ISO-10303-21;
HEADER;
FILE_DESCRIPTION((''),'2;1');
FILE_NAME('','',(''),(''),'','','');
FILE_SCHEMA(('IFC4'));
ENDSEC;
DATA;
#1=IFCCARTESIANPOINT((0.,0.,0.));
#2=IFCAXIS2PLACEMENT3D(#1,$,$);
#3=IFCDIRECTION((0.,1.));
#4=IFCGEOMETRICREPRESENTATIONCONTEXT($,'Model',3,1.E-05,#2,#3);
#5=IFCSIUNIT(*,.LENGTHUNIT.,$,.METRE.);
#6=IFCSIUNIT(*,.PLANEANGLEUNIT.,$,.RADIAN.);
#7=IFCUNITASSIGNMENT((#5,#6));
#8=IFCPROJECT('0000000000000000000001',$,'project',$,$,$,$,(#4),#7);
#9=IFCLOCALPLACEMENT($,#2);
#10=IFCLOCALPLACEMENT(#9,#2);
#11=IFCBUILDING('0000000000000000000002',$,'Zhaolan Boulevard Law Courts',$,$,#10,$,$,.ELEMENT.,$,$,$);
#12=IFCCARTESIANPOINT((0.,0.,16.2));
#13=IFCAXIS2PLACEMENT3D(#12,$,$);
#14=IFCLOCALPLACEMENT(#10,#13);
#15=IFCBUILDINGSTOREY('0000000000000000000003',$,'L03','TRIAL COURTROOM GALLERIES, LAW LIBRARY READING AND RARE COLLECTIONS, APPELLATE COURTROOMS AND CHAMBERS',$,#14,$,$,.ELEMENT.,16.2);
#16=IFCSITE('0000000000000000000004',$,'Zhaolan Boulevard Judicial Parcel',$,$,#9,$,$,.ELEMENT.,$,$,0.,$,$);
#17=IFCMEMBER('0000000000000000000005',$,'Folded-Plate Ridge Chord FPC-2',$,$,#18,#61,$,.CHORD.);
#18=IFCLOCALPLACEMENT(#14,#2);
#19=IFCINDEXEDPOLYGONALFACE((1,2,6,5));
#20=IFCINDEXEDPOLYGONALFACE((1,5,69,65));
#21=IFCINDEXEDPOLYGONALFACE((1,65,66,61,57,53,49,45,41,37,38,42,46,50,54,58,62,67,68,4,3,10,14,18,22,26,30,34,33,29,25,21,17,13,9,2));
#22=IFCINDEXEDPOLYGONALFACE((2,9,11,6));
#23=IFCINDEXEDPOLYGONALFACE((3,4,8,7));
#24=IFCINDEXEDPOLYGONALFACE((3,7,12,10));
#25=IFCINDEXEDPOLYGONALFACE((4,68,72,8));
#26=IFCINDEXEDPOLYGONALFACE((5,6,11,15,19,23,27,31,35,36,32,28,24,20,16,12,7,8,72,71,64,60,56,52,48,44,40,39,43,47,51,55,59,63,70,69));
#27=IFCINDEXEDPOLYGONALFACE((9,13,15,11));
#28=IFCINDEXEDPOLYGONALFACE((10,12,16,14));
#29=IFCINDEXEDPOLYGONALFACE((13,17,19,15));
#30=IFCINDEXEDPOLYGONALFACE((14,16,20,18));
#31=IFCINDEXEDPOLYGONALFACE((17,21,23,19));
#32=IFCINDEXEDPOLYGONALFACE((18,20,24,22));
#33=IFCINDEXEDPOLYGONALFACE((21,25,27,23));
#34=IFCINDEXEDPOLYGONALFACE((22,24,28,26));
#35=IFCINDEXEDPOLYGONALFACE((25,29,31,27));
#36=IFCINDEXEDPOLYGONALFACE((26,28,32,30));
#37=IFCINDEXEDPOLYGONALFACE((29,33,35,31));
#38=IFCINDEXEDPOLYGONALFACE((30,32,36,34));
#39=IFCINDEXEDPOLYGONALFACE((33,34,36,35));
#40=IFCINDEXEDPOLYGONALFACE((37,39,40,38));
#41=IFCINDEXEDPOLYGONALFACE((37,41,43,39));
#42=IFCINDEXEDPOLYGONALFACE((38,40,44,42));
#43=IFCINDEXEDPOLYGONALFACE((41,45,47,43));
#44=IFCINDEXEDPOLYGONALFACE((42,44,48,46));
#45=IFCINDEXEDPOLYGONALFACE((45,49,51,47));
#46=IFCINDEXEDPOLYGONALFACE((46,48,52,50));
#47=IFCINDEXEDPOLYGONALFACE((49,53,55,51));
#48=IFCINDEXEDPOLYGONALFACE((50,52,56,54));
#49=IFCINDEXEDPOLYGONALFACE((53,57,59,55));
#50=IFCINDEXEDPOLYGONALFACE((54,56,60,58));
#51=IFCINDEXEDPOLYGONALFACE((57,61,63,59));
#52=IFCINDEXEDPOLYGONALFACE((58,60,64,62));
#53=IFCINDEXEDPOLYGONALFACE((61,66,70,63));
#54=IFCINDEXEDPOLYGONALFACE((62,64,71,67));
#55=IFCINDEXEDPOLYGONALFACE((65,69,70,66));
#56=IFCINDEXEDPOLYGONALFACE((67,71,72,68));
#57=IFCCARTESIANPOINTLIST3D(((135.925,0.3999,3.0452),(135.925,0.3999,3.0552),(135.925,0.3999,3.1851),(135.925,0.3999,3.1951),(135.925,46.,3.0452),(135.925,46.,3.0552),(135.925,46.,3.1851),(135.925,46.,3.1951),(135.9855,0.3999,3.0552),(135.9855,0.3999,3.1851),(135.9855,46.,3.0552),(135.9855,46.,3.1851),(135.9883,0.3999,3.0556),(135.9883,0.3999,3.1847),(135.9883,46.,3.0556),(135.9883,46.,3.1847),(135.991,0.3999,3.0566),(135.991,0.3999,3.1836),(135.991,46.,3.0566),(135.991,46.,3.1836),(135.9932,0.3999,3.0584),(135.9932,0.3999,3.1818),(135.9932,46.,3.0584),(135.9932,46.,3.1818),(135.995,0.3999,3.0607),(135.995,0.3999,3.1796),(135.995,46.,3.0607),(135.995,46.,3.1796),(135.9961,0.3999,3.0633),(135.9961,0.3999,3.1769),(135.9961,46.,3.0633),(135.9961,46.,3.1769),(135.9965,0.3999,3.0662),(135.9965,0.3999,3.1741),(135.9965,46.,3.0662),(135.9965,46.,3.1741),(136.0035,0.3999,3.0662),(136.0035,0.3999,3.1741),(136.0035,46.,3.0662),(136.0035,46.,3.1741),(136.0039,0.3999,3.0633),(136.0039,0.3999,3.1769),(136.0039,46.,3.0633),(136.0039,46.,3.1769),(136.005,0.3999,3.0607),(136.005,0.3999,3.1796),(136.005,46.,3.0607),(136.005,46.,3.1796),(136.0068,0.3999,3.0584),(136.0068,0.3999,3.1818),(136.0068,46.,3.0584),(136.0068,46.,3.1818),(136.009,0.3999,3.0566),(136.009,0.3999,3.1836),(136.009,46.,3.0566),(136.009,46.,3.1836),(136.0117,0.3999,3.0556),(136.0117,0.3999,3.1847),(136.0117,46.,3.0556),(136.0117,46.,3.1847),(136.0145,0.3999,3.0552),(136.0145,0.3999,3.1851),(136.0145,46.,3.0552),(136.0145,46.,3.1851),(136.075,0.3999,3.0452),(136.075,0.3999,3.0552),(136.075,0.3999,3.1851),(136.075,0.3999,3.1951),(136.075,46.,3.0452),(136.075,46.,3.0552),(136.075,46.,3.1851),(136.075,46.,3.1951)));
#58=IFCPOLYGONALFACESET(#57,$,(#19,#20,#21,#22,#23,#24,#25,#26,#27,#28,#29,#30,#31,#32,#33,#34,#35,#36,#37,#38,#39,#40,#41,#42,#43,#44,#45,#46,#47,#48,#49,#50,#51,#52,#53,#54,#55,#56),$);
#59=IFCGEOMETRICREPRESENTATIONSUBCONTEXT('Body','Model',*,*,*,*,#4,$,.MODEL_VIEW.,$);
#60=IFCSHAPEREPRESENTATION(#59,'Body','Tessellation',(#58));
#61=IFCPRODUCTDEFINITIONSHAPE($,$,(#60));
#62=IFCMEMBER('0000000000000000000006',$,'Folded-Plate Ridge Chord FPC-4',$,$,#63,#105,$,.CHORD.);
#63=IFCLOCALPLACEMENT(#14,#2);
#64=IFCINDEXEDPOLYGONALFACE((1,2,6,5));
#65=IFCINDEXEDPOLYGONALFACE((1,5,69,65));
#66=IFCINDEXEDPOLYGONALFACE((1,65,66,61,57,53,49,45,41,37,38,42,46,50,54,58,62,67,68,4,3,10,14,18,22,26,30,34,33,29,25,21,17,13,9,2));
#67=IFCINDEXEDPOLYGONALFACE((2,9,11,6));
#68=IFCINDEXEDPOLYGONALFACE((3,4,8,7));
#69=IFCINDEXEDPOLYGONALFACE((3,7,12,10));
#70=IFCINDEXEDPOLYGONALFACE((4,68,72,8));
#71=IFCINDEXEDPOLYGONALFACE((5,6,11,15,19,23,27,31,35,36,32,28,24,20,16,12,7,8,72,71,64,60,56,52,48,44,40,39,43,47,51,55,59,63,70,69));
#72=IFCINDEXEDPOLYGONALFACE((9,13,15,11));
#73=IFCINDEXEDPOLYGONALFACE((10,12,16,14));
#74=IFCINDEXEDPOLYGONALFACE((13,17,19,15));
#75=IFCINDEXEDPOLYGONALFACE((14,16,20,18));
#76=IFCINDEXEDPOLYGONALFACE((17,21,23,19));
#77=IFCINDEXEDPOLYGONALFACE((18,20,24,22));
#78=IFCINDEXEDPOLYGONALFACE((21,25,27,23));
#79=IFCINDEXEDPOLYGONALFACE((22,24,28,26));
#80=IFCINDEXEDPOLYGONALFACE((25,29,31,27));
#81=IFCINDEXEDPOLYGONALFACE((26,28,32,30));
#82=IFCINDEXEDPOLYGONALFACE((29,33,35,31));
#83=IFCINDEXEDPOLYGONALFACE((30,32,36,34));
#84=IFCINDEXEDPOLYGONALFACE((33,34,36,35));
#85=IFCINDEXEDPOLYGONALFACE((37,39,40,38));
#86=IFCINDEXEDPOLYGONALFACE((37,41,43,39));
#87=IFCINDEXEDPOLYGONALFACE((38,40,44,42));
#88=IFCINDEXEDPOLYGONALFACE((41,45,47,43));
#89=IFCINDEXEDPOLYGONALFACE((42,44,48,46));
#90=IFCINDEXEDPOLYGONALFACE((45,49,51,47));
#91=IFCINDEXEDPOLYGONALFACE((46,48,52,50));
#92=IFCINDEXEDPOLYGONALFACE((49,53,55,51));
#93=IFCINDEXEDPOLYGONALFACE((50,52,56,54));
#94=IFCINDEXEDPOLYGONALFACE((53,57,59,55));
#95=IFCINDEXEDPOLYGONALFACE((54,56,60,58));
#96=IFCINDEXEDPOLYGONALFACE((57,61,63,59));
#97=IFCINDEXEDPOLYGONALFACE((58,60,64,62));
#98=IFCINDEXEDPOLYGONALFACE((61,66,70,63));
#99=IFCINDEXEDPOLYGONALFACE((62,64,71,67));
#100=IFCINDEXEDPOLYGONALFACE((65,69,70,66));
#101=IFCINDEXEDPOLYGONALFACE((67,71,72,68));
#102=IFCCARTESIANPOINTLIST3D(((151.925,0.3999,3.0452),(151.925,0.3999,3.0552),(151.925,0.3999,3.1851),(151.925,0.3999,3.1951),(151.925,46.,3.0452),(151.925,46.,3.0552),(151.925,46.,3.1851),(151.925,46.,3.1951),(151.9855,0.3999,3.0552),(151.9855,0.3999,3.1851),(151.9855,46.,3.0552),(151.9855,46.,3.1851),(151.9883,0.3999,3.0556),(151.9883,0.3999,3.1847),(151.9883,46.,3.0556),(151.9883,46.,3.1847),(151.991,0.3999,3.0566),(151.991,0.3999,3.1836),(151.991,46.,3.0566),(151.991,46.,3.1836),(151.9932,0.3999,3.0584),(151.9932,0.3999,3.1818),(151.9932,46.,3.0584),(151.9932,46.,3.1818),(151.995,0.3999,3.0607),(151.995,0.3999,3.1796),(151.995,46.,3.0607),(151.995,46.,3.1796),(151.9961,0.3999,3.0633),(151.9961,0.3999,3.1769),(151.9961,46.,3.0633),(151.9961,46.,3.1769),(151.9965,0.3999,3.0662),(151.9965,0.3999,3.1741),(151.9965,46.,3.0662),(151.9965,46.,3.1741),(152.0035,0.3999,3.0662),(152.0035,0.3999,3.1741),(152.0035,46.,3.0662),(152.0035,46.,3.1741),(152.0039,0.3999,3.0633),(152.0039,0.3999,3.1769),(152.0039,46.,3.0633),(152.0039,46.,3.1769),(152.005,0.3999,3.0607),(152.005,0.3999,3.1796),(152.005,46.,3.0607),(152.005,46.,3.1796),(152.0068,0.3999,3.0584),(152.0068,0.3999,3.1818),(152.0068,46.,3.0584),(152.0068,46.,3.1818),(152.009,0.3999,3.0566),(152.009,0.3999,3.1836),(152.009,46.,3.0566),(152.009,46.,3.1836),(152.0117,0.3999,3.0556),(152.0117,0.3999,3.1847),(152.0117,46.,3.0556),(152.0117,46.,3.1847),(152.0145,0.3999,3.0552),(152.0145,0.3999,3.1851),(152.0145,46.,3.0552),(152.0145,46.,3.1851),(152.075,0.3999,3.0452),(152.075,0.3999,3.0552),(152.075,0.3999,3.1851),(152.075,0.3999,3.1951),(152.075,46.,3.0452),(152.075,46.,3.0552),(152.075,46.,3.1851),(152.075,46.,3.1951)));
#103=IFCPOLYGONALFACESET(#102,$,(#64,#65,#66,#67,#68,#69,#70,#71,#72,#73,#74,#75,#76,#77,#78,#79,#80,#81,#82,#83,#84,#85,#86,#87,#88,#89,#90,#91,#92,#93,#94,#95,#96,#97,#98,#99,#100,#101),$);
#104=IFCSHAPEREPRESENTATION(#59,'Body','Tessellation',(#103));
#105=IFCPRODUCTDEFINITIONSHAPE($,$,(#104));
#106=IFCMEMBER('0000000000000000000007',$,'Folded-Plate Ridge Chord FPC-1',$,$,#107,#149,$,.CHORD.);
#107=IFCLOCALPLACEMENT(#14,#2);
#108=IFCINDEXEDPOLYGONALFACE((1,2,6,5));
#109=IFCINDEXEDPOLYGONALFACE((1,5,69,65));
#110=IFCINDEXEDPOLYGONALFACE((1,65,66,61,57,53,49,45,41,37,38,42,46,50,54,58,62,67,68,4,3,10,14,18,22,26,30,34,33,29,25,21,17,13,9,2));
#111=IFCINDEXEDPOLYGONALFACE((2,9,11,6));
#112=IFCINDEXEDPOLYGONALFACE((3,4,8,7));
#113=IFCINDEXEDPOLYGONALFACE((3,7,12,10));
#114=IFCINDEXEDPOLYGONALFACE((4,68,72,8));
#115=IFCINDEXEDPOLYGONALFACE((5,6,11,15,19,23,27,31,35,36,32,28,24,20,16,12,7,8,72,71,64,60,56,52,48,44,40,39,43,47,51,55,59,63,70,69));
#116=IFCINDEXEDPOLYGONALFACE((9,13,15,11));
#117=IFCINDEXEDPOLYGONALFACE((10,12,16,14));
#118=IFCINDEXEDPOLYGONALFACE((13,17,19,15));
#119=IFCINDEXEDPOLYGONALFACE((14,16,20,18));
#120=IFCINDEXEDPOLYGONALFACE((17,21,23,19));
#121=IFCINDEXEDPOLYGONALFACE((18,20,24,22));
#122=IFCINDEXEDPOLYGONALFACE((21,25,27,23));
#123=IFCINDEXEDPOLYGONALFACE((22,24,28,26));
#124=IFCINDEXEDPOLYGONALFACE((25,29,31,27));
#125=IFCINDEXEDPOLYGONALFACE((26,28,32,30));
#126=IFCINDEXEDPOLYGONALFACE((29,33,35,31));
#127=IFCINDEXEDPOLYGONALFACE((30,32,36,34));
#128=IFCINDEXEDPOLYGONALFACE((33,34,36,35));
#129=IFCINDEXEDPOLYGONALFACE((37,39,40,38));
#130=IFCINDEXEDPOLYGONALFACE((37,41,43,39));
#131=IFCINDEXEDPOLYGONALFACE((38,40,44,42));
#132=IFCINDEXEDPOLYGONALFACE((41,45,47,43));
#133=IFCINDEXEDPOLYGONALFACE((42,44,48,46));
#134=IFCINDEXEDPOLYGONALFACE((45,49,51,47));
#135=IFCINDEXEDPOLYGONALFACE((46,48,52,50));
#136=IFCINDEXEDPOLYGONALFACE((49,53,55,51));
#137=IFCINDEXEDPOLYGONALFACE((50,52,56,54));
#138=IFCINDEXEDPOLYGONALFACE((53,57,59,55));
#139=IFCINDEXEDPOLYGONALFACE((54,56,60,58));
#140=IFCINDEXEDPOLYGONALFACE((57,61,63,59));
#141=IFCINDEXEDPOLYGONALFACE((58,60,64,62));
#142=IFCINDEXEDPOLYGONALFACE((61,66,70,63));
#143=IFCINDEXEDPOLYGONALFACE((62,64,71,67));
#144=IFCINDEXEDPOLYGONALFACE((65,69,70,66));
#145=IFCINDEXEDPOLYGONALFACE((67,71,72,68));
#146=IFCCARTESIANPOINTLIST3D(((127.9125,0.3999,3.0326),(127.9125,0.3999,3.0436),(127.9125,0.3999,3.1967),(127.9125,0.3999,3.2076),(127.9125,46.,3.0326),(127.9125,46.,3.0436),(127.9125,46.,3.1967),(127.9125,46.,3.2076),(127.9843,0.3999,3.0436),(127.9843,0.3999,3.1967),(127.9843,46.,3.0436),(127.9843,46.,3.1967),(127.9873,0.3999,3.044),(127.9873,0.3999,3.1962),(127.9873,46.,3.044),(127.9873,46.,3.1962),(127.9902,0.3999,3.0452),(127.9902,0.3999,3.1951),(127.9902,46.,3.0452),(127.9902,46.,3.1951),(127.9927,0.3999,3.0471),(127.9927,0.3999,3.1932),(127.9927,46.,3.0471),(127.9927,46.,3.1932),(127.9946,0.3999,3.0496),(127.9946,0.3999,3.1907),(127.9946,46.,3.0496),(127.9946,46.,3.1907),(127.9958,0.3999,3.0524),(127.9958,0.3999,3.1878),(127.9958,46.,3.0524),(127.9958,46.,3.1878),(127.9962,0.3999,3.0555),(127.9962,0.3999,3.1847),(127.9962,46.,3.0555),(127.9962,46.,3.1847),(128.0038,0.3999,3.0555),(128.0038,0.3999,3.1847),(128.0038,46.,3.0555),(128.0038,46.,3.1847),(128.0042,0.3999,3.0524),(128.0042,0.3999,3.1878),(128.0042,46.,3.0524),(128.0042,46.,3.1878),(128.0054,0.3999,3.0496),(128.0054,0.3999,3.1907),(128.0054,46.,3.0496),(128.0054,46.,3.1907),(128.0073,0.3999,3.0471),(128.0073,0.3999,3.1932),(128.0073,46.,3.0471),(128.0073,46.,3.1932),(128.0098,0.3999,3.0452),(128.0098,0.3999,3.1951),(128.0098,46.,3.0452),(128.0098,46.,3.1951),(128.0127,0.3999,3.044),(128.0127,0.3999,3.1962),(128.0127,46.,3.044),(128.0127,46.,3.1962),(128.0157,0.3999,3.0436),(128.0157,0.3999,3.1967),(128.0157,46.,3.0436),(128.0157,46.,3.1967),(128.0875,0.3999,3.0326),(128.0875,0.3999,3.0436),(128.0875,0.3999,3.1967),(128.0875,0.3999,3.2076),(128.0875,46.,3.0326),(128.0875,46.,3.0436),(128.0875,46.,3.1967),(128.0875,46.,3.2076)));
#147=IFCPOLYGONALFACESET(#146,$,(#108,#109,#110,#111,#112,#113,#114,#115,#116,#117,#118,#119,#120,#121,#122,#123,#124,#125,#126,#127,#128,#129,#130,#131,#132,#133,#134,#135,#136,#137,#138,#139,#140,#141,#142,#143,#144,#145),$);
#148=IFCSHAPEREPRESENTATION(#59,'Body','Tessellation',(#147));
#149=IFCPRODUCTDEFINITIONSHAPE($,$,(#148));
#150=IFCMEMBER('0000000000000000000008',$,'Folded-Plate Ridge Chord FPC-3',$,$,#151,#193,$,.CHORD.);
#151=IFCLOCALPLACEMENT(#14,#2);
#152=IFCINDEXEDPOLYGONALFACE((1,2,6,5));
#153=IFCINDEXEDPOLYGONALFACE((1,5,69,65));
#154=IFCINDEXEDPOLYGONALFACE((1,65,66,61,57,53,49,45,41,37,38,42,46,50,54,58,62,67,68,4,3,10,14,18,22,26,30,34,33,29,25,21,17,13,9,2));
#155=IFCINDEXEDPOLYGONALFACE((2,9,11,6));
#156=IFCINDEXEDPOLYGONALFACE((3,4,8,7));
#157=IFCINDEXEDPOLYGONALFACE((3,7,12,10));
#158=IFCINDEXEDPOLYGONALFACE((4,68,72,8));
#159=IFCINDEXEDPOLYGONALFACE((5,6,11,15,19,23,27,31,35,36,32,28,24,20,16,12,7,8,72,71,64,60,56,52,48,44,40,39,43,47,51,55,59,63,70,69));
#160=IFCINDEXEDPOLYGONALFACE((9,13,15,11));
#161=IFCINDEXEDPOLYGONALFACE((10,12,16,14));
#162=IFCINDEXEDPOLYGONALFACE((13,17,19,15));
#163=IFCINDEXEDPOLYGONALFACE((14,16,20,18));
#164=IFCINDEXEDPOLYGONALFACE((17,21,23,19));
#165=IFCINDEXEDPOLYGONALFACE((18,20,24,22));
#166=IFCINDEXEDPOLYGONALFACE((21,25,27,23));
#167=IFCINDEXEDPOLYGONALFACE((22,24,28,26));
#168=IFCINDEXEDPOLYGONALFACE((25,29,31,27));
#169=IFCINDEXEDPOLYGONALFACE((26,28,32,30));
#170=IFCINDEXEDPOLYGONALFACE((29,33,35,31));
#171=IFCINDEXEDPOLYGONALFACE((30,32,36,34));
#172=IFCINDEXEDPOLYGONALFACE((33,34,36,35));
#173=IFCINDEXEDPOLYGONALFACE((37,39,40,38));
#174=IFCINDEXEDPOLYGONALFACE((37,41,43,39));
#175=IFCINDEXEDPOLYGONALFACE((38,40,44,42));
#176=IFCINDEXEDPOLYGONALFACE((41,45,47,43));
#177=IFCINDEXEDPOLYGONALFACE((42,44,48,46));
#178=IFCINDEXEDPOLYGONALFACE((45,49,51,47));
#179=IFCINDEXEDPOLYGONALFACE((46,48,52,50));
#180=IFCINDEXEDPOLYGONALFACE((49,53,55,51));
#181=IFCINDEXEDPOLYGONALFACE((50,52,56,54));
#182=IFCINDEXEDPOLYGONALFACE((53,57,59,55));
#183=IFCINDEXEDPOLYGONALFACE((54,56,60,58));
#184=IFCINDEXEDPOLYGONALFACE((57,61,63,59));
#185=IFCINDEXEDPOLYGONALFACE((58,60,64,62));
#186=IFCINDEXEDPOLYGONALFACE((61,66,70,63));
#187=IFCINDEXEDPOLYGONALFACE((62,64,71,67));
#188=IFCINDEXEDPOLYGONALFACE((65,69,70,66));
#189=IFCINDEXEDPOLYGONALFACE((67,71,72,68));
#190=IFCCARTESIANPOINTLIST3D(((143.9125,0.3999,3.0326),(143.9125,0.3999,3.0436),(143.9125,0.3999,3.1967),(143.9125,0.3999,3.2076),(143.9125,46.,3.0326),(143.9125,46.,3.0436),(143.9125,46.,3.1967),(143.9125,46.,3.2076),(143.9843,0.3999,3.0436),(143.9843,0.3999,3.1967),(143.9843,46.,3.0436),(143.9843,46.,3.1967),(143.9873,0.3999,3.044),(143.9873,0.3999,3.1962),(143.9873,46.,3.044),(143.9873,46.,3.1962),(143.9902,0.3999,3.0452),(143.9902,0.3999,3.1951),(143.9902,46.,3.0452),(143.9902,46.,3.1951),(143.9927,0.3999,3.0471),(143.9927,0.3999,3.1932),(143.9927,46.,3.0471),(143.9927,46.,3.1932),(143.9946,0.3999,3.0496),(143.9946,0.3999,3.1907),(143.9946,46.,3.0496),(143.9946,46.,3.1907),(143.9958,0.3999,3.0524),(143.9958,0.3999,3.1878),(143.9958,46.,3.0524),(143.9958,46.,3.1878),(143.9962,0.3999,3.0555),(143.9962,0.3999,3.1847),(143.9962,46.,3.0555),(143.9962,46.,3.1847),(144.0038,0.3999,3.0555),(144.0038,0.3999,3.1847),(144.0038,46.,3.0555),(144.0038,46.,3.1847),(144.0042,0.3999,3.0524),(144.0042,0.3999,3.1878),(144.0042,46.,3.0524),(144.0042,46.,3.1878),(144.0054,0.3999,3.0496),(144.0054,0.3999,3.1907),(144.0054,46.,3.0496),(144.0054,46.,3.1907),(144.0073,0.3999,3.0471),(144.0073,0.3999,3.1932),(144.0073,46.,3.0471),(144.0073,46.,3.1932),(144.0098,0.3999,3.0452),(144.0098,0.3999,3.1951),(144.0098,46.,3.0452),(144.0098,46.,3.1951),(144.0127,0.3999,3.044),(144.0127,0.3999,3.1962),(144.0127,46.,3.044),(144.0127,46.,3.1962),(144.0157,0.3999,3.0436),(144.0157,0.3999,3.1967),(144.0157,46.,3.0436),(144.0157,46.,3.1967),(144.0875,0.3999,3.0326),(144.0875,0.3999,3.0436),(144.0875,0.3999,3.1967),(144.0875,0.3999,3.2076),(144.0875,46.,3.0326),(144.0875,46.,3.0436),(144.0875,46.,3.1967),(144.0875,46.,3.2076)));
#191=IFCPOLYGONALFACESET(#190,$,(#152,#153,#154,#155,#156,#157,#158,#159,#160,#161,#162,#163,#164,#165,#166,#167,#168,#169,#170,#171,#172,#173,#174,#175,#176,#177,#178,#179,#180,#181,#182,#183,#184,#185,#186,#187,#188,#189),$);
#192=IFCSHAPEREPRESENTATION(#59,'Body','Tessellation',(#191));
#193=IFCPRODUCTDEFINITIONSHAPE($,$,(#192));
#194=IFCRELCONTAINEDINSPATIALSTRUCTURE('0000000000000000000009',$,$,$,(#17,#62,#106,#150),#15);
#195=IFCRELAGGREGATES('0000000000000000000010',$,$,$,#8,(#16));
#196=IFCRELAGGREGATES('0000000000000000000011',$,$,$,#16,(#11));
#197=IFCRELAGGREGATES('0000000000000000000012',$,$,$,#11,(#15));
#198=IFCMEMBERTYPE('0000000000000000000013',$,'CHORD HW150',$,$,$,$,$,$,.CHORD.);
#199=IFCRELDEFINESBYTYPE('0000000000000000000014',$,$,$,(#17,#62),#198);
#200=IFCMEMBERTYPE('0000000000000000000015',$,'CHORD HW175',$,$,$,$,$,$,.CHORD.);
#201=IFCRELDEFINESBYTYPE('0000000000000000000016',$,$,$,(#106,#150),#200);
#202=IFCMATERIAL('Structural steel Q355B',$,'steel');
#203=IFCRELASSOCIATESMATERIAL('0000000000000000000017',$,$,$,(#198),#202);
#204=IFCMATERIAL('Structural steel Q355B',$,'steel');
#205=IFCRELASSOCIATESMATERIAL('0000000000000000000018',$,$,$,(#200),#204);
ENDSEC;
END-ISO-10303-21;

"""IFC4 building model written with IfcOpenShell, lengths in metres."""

from ifc_helpers import new_model, si_unit, direction, frame, origin, origin_2d, place, context, subcontext, project, spatial, i_section, extrude, material, material_profile, profile_set, type_object, element, save


model = new_model("IFC4")

# Units and contexts
model_context = context("Model", 3, precision=1e-05, world=origin(), true_north=direction((0.0, 1.0)))
body_context = subcontext(model_context, "Body", "Model", "MODEL_VIEW")
ifc_project = project(units=[si_unit("LENGTHUNIT", "METRE"), si_unit("PLANEANGLEUNIT", "RADIAN")], contexts=[model_context])

# Site, building, storey
site_placement = place(None, origin())
site = spatial("IfcSite", under=ifc_project, at=site_placement, Name="Zhaolan Boulevard Judicial Parcel", CompositionType="ELEMENT", RefElevation=0.0)
building_placement = place(site_placement, origin())
building = spatial("IfcBuilding", under=site, at=building_placement, Name="Zhaolan Boulevard Law Courts", CompositionType="ELEMENT")
storey_placement = place(building_placement, frame((0.0, 0.0, 16.2)))
storey = spatial("IfcBuildingStorey", under=building, at=storey_placement, Name="L03", Description="TRIAL COURTROOM GALLERIES, LAW LIBRARY READING AND RARE COLLECTIONS, APPELLATE COURTROOMS AND CHAMBERS", CompositionType="ELEMENT", Elevation=16.2)

# Members
ifc_material_1 = material(Name="Structural steel Q355B", Category="steel")
ifc_material_profile_1 = material_profile(ifc_material_1, i_section(OverallWidth=0.1499, OverallDepth=0.1499, WebThickness=0.0071, FlangeThickness=0.01, FilletRadius=0.011, at=origin_2d()), Name="HW150x150")
ifc_profile_set_1 = profile_set([ifc_material_profile_1], Name="Structural steel Q355B")
member_type_1 = type_object("IfcMemberType", Name="CHORD HW150", PredefinedType="CHORD", material=ifc_profile_set_1)
for number, where, z_axis, x_axis, name in (
    (1, (136.0, 0.3999, 3.1201), (0.0, 1.0, 0.0), (-1.0, 0.0, 0.0), "Folded-Plate Ridge Chord FPC-2"),
    (2, (152.0, 0.3999, 3.1201), (0.0, 1.0, 0.0), (-1.0, 0.0, 0.0), "Folded-Plate Ridge Chord FPC-4"),
):
    element("IfcMember", number, at=place(storey_placement, frame(where, z_axis=z_axis, x_axis=x_axis)), inside=storey, type_object=member_type_1, Name=name, PredefinedType="CHORD", context=body_context, shape_type="SweptSolid", body=[
        extrude(i_section(OverallWidth=0.1499, OverallDepth=0.1499, WebThickness=0.0071, FlangeThickness=0.01, FilletRadius=0.011, at=origin_2d()), origin(), (0.0, 0.0, 1.0), 45.6001),
    ])
ifc_material_2 = material(Name="Structural steel Q355B", Category="steel")
ifc_material_profile_2 = material_profile(ifc_material_2, i_section(OverallWidth=0.175, OverallDepth=0.175, WebThickness=0.0076, FlangeThickness=0.011, FilletRadius=0.012, at=origin_2d()), Name="HW175x175")
ifc_profile_set_2 = profile_set([ifc_material_profile_2], Name="Structural steel Q355B")
member_type_2 = type_object("IfcMemberType", Name="CHORD HW175", PredefinedType="CHORD", material=ifc_profile_set_2)
for number, where, z_axis, x_axis, name in (
    (3, (128.0, 0.3999, 3.1201), (0.0, 1.0, 0.0), (-1.0, 0.0, 0.0), "Folded-Plate Ridge Chord FPC-1"),
    (4, (144.0, 0.3999, 3.1201), (0.0, 1.0, 0.0), (-1.0, 0.0, 0.0), "Folded-Plate Ridge Chord FPC-3"),
):
    element("IfcMember", number, at=place(storey_placement, frame(where, z_axis=z_axis, x_axis=x_axis)), inside=storey, type_object=member_type_2, Name=name, PredefinedType="CHORD", context=body_context, shape_type="SweptSolid", body=[
        extrude(i_section(OverallWidth=0.175, OverallDepth=0.175, WebThickness=0.0076, FlangeThickness=0.011, FilletRadius=0.012, at=origin_2d()), origin(), (0.0, 0.0, 1.0), 45.6001),
    ])

save(model, "model.ifc")
